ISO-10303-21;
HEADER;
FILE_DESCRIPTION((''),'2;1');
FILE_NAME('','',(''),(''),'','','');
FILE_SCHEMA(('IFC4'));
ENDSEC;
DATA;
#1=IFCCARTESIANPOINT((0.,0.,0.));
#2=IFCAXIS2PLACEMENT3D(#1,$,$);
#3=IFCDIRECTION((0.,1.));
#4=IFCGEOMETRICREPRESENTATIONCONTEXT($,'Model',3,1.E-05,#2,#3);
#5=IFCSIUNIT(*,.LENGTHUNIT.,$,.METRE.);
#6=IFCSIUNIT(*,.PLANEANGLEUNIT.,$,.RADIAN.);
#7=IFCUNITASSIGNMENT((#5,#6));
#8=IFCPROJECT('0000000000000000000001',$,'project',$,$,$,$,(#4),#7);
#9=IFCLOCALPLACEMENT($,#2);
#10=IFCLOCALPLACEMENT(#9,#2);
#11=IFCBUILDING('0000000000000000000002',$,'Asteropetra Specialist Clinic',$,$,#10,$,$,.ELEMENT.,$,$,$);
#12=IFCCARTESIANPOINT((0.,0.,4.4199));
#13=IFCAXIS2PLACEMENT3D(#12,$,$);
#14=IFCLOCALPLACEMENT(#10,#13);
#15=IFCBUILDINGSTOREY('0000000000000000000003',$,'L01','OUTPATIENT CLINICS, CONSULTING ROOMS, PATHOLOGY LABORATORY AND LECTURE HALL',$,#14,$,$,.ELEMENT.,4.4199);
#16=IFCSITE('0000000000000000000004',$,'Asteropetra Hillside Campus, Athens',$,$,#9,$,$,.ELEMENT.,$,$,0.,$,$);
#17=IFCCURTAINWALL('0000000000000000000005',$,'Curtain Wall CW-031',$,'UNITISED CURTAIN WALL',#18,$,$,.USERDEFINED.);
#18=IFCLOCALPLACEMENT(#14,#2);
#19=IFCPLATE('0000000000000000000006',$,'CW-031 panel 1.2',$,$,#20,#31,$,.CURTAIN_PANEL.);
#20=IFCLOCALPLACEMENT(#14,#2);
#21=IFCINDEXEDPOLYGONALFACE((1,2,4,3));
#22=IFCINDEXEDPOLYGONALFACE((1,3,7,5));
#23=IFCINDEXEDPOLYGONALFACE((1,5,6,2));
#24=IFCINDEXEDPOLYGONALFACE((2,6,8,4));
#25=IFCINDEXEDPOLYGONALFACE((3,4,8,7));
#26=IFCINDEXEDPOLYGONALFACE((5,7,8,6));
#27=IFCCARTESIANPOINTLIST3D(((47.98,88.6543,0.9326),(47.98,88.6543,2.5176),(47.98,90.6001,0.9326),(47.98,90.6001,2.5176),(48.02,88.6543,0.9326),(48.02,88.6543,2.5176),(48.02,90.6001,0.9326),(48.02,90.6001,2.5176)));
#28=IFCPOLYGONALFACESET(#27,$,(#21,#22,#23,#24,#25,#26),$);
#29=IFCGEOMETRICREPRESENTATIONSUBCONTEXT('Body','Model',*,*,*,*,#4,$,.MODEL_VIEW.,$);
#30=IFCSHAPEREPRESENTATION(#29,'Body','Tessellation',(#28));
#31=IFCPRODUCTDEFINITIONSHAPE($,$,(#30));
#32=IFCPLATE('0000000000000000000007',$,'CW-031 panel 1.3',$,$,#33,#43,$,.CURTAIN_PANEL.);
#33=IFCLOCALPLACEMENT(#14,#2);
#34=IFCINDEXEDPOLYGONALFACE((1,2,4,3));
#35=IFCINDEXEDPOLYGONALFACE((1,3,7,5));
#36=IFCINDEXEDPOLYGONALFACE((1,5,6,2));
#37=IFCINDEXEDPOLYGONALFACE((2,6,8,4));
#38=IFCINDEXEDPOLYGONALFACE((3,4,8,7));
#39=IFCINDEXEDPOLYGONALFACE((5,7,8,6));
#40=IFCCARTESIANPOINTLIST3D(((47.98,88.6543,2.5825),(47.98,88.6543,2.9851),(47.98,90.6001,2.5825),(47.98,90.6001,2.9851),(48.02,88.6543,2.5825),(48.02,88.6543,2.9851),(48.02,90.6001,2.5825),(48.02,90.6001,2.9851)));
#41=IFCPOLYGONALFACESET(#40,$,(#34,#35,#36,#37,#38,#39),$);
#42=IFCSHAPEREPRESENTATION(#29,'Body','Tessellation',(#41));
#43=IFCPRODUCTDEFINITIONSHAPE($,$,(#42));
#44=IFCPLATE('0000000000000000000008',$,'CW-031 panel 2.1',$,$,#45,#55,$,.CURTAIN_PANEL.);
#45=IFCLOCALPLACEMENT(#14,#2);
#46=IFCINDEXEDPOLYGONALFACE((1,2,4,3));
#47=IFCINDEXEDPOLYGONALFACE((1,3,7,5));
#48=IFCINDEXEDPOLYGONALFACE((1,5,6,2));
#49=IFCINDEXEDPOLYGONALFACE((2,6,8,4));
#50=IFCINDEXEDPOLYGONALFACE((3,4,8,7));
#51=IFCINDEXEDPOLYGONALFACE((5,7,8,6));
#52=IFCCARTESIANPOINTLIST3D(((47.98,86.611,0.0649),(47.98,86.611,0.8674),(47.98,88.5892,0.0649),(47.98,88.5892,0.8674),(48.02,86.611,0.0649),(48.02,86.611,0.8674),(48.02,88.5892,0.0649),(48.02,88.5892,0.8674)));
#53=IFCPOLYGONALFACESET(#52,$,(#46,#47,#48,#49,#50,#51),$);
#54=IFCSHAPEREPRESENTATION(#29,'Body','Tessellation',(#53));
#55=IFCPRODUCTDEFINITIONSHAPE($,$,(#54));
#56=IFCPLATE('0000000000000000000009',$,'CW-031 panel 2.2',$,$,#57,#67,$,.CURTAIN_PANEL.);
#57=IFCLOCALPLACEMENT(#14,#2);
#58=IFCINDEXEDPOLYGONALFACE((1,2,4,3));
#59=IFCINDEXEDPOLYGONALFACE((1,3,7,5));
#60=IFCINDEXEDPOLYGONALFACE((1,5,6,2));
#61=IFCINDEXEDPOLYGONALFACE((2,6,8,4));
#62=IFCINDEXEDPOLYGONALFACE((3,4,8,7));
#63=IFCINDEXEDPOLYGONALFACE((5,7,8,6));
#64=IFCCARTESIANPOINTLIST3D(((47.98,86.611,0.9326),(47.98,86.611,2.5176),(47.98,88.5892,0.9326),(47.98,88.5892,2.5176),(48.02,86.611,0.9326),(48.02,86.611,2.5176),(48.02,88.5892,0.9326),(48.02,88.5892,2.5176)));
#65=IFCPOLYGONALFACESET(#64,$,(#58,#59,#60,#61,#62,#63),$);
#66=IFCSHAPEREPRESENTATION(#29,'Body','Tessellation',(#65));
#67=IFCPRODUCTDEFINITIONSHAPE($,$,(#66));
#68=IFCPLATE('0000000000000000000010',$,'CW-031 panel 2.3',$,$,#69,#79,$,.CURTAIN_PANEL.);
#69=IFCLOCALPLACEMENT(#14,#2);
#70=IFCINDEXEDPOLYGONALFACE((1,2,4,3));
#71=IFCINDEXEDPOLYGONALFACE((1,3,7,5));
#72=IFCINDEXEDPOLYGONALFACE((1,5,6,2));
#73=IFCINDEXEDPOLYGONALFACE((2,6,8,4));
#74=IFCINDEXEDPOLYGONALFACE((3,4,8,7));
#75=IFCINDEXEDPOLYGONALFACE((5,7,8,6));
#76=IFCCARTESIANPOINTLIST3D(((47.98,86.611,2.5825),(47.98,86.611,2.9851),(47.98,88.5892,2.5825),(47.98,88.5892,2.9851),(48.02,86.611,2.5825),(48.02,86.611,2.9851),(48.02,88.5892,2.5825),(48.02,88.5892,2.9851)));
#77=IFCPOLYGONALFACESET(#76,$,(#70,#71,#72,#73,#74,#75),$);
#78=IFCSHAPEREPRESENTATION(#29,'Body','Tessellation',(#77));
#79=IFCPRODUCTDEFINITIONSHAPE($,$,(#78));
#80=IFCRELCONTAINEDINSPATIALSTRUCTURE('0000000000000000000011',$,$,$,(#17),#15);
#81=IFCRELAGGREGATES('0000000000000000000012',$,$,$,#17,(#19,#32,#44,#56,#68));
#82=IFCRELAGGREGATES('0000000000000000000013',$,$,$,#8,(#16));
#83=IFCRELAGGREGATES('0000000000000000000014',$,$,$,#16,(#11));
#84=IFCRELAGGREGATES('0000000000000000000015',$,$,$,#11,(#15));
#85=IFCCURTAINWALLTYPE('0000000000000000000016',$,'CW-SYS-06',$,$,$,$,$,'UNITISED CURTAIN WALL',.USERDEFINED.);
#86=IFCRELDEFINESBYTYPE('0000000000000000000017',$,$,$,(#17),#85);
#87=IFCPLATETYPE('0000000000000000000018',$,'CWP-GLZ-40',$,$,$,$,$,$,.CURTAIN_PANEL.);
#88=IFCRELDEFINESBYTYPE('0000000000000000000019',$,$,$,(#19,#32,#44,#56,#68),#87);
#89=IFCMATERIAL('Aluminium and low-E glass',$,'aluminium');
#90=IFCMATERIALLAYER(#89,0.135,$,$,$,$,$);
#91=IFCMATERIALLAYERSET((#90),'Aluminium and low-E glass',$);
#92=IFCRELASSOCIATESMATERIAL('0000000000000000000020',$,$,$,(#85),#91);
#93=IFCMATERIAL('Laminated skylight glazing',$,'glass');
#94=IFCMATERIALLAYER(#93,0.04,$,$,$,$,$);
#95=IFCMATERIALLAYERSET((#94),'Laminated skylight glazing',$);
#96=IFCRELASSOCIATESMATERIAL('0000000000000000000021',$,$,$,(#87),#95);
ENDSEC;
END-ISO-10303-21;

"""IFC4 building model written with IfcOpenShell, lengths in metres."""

from ifc_helpers import new_model, si_unit, direction, frame, origin, origin_2d, place, context, subcontext, project, spatial, rectangle, extrude, material, layer, layer_set, type_object, element, aggregate, save


model = new_model("IFC4")

# Units and contexts
model_context = context("Model", 3, precision=1e-05, world=origin(), true_north=direction((0.0, 1.0)))
body_context = subcontext(model_context, "Body", "Model", "MODEL_VIEW")
ifc_project = project(units=[si_unit("LENGTHUNIT", "METRE"), si_unit("PLANEANGLEUNIT", "RADIAN")], contexts=[model_context])

# Site, building, storey
site_placement = place(None, origin())
site = spatial("IfcSite", under=ifc_project, at=site_placement, Name="Asteropetra Hillside Campus, Athens", CompositionType="ELEMENT", RefElevation=0.0)
building_placement = place(site_placement, origin())
building = spatial("IfcBuilding", under=site, at=building_placement, Name="Asteropetra Specialist Clinic", CompositionType="ELEMENT")
storey_placement = place(building_placement, frame((0.0, 0.0, 4.4199)))
storey = spatial("IfcBuildingStorey", under=building, at=storey_placement, Name="L01", Description="OUTPATIENT CLINICS, CONSULTING ROOMS, PATHOLOGY LABORATORY AND LECTURE HALL", CompositionType="ELEMENT", Elevation=4.4199)

# Curtain wall
ifc_material_1 = material(Name="Aluminium and low-E glass", Category="aluminium")
ifc_layer_1 = layer(ifc_material_1, 0.135)
ifc_layer_set_1 = layer_set([ifc_layer_1], Name="Aluminium and low-E glass")
curtain_wall_type = type_object("IfcCurtainWallType", Name="CW-SYS-06", ElementType="UNITISED CURTAIN WALL", PredefinedType="USERDEFINED", material=ifc_layer_set_1)
curtain_wall_placement = place(storey_placement, origin())
curtain_wall = element("IfcCurtainWall", 1, at=curtain_wall_placement, inside=storey, type_object=curtain_wall_type, Name="Curtain Wall CW-031", ObjectType="UNITISED CURTAIN WALL", PredefinedType="USERDEFINED")

# Plates
ifc_material_2 = material(Name="Laminated skylight glazing", Category="glass")
ifc_layer_2 = layer(ifc_material_2, 0.04)
ifc_layer_set_2 = layer_set([ifc_layer_2], Name="Laminated skylight glazing")
plate_type = type_object("IfcPlateType", Name="CWP-GLZ-40", PredefinedType="CURTAIN_PANEL", material=ifc_layer_set_2)
plate_1_placement = place(storey_placement, frame((48.0, 89.6272, 0.9326), z_axis=(0.0, 0.0, 1.0), x_axis=(0.0, -1.0, 0.0)))
plate_1 = element("IfcPlate", 2, at=plate_1_placement, type_object=plate_type, Name="CW-031 panel 1.2", PredefinedType="CURTAIN_PANEL", context=body_context, shape_type="SweptSolid", body=[
    extrude(rectangle(XDim=1.9458, YDim=0.04, at=origin_2d()), origin(), (0.0, 0.0, 1.0), 1.585),
])
plate_2_placement = place(storey_placement, frame((48.0, 89.6272, 2.5825), z_axis=(0.0, 0.0, 1.0), x_axis=(0.0, -1.0, 0.0)))
plate_2 = element("IfcPlate", 3, at=plate_2_placement, type_object=plate_type, Name="CW-031 panel 1.3", PredefinedType="CURTAIN_PANEL", context=body_context, shape_type="SweptSolid", body=[
    extrude(rectangle(XDim=1.9458, YDim=0.04, at=origin_2d()), origin(), (0.0, 0.0, 1.0), 0.4026),
])
plate_3_placement = place(storey_placement, frame((48.0, 87.6001, 0.0649), z_axis=(0.0, 0.0, 1.0), x_axis=(0.0, -1.0, 0.0)))
plate_3 = element("IfcPlate", 4, at=plate_3_placement, type_object=plate_type, Name="CW-031 panel 2.1", PredefinedType="CURTAIN_PANEL", context=body_context, shape_type="SweptSolid", body=[
    extrude(rectangle(XDim=1.9783, YDim=0.04, at=origin_2d()), origin(), (0.0, 0.0, 1.0), 0.8025),
])
plate_4_placement = place(storey_placement, frame((48.0, 87.6001, 0.9326), z_axis=(0.0, 0.0, 1.0), x_axis=(0.0, -1.0, 0.0)))
plate_4 = element("IfcPlate", 5, at=plate_4_placement, type_object=plate_type, Name="CW-031 panel 2.2", PredefinedType="CURTAIN_PANEL", context=body_context, shape_type="SweptSolid", body=[
    extrude(rectangle(XDim=1.9783, YDim=0.04, at=origin_2d()), origin(), (0.0, 0.0, 1.0), 1.585),
])
plate_5_placement = place(storey_placement, frame((48.0, 87.6001, 2.5825), z_axis=(0.0, 0.0, 1.0), x_axis=(0.0, -1.0, 0.0)))
plate_5 = element("IfcPlate", 6, at=plate_5_placement, type_object=plate_type, Name="CW-031 panel 2.3", PredefinedType="CURTAIN_PANEL", context=body_context, shape_type="SweptSolid", body=[
    extrude(rectangle(XDim=1.9783, YDim=0.04, at=origin_2d()), origin(), (0.0, 0.0, 1.0), 0.4026),
])
aggregate(curtain_wall, [plate_1, plate_2, plate_3, plate_4, plate_5])

save(model, "model.ifc")
